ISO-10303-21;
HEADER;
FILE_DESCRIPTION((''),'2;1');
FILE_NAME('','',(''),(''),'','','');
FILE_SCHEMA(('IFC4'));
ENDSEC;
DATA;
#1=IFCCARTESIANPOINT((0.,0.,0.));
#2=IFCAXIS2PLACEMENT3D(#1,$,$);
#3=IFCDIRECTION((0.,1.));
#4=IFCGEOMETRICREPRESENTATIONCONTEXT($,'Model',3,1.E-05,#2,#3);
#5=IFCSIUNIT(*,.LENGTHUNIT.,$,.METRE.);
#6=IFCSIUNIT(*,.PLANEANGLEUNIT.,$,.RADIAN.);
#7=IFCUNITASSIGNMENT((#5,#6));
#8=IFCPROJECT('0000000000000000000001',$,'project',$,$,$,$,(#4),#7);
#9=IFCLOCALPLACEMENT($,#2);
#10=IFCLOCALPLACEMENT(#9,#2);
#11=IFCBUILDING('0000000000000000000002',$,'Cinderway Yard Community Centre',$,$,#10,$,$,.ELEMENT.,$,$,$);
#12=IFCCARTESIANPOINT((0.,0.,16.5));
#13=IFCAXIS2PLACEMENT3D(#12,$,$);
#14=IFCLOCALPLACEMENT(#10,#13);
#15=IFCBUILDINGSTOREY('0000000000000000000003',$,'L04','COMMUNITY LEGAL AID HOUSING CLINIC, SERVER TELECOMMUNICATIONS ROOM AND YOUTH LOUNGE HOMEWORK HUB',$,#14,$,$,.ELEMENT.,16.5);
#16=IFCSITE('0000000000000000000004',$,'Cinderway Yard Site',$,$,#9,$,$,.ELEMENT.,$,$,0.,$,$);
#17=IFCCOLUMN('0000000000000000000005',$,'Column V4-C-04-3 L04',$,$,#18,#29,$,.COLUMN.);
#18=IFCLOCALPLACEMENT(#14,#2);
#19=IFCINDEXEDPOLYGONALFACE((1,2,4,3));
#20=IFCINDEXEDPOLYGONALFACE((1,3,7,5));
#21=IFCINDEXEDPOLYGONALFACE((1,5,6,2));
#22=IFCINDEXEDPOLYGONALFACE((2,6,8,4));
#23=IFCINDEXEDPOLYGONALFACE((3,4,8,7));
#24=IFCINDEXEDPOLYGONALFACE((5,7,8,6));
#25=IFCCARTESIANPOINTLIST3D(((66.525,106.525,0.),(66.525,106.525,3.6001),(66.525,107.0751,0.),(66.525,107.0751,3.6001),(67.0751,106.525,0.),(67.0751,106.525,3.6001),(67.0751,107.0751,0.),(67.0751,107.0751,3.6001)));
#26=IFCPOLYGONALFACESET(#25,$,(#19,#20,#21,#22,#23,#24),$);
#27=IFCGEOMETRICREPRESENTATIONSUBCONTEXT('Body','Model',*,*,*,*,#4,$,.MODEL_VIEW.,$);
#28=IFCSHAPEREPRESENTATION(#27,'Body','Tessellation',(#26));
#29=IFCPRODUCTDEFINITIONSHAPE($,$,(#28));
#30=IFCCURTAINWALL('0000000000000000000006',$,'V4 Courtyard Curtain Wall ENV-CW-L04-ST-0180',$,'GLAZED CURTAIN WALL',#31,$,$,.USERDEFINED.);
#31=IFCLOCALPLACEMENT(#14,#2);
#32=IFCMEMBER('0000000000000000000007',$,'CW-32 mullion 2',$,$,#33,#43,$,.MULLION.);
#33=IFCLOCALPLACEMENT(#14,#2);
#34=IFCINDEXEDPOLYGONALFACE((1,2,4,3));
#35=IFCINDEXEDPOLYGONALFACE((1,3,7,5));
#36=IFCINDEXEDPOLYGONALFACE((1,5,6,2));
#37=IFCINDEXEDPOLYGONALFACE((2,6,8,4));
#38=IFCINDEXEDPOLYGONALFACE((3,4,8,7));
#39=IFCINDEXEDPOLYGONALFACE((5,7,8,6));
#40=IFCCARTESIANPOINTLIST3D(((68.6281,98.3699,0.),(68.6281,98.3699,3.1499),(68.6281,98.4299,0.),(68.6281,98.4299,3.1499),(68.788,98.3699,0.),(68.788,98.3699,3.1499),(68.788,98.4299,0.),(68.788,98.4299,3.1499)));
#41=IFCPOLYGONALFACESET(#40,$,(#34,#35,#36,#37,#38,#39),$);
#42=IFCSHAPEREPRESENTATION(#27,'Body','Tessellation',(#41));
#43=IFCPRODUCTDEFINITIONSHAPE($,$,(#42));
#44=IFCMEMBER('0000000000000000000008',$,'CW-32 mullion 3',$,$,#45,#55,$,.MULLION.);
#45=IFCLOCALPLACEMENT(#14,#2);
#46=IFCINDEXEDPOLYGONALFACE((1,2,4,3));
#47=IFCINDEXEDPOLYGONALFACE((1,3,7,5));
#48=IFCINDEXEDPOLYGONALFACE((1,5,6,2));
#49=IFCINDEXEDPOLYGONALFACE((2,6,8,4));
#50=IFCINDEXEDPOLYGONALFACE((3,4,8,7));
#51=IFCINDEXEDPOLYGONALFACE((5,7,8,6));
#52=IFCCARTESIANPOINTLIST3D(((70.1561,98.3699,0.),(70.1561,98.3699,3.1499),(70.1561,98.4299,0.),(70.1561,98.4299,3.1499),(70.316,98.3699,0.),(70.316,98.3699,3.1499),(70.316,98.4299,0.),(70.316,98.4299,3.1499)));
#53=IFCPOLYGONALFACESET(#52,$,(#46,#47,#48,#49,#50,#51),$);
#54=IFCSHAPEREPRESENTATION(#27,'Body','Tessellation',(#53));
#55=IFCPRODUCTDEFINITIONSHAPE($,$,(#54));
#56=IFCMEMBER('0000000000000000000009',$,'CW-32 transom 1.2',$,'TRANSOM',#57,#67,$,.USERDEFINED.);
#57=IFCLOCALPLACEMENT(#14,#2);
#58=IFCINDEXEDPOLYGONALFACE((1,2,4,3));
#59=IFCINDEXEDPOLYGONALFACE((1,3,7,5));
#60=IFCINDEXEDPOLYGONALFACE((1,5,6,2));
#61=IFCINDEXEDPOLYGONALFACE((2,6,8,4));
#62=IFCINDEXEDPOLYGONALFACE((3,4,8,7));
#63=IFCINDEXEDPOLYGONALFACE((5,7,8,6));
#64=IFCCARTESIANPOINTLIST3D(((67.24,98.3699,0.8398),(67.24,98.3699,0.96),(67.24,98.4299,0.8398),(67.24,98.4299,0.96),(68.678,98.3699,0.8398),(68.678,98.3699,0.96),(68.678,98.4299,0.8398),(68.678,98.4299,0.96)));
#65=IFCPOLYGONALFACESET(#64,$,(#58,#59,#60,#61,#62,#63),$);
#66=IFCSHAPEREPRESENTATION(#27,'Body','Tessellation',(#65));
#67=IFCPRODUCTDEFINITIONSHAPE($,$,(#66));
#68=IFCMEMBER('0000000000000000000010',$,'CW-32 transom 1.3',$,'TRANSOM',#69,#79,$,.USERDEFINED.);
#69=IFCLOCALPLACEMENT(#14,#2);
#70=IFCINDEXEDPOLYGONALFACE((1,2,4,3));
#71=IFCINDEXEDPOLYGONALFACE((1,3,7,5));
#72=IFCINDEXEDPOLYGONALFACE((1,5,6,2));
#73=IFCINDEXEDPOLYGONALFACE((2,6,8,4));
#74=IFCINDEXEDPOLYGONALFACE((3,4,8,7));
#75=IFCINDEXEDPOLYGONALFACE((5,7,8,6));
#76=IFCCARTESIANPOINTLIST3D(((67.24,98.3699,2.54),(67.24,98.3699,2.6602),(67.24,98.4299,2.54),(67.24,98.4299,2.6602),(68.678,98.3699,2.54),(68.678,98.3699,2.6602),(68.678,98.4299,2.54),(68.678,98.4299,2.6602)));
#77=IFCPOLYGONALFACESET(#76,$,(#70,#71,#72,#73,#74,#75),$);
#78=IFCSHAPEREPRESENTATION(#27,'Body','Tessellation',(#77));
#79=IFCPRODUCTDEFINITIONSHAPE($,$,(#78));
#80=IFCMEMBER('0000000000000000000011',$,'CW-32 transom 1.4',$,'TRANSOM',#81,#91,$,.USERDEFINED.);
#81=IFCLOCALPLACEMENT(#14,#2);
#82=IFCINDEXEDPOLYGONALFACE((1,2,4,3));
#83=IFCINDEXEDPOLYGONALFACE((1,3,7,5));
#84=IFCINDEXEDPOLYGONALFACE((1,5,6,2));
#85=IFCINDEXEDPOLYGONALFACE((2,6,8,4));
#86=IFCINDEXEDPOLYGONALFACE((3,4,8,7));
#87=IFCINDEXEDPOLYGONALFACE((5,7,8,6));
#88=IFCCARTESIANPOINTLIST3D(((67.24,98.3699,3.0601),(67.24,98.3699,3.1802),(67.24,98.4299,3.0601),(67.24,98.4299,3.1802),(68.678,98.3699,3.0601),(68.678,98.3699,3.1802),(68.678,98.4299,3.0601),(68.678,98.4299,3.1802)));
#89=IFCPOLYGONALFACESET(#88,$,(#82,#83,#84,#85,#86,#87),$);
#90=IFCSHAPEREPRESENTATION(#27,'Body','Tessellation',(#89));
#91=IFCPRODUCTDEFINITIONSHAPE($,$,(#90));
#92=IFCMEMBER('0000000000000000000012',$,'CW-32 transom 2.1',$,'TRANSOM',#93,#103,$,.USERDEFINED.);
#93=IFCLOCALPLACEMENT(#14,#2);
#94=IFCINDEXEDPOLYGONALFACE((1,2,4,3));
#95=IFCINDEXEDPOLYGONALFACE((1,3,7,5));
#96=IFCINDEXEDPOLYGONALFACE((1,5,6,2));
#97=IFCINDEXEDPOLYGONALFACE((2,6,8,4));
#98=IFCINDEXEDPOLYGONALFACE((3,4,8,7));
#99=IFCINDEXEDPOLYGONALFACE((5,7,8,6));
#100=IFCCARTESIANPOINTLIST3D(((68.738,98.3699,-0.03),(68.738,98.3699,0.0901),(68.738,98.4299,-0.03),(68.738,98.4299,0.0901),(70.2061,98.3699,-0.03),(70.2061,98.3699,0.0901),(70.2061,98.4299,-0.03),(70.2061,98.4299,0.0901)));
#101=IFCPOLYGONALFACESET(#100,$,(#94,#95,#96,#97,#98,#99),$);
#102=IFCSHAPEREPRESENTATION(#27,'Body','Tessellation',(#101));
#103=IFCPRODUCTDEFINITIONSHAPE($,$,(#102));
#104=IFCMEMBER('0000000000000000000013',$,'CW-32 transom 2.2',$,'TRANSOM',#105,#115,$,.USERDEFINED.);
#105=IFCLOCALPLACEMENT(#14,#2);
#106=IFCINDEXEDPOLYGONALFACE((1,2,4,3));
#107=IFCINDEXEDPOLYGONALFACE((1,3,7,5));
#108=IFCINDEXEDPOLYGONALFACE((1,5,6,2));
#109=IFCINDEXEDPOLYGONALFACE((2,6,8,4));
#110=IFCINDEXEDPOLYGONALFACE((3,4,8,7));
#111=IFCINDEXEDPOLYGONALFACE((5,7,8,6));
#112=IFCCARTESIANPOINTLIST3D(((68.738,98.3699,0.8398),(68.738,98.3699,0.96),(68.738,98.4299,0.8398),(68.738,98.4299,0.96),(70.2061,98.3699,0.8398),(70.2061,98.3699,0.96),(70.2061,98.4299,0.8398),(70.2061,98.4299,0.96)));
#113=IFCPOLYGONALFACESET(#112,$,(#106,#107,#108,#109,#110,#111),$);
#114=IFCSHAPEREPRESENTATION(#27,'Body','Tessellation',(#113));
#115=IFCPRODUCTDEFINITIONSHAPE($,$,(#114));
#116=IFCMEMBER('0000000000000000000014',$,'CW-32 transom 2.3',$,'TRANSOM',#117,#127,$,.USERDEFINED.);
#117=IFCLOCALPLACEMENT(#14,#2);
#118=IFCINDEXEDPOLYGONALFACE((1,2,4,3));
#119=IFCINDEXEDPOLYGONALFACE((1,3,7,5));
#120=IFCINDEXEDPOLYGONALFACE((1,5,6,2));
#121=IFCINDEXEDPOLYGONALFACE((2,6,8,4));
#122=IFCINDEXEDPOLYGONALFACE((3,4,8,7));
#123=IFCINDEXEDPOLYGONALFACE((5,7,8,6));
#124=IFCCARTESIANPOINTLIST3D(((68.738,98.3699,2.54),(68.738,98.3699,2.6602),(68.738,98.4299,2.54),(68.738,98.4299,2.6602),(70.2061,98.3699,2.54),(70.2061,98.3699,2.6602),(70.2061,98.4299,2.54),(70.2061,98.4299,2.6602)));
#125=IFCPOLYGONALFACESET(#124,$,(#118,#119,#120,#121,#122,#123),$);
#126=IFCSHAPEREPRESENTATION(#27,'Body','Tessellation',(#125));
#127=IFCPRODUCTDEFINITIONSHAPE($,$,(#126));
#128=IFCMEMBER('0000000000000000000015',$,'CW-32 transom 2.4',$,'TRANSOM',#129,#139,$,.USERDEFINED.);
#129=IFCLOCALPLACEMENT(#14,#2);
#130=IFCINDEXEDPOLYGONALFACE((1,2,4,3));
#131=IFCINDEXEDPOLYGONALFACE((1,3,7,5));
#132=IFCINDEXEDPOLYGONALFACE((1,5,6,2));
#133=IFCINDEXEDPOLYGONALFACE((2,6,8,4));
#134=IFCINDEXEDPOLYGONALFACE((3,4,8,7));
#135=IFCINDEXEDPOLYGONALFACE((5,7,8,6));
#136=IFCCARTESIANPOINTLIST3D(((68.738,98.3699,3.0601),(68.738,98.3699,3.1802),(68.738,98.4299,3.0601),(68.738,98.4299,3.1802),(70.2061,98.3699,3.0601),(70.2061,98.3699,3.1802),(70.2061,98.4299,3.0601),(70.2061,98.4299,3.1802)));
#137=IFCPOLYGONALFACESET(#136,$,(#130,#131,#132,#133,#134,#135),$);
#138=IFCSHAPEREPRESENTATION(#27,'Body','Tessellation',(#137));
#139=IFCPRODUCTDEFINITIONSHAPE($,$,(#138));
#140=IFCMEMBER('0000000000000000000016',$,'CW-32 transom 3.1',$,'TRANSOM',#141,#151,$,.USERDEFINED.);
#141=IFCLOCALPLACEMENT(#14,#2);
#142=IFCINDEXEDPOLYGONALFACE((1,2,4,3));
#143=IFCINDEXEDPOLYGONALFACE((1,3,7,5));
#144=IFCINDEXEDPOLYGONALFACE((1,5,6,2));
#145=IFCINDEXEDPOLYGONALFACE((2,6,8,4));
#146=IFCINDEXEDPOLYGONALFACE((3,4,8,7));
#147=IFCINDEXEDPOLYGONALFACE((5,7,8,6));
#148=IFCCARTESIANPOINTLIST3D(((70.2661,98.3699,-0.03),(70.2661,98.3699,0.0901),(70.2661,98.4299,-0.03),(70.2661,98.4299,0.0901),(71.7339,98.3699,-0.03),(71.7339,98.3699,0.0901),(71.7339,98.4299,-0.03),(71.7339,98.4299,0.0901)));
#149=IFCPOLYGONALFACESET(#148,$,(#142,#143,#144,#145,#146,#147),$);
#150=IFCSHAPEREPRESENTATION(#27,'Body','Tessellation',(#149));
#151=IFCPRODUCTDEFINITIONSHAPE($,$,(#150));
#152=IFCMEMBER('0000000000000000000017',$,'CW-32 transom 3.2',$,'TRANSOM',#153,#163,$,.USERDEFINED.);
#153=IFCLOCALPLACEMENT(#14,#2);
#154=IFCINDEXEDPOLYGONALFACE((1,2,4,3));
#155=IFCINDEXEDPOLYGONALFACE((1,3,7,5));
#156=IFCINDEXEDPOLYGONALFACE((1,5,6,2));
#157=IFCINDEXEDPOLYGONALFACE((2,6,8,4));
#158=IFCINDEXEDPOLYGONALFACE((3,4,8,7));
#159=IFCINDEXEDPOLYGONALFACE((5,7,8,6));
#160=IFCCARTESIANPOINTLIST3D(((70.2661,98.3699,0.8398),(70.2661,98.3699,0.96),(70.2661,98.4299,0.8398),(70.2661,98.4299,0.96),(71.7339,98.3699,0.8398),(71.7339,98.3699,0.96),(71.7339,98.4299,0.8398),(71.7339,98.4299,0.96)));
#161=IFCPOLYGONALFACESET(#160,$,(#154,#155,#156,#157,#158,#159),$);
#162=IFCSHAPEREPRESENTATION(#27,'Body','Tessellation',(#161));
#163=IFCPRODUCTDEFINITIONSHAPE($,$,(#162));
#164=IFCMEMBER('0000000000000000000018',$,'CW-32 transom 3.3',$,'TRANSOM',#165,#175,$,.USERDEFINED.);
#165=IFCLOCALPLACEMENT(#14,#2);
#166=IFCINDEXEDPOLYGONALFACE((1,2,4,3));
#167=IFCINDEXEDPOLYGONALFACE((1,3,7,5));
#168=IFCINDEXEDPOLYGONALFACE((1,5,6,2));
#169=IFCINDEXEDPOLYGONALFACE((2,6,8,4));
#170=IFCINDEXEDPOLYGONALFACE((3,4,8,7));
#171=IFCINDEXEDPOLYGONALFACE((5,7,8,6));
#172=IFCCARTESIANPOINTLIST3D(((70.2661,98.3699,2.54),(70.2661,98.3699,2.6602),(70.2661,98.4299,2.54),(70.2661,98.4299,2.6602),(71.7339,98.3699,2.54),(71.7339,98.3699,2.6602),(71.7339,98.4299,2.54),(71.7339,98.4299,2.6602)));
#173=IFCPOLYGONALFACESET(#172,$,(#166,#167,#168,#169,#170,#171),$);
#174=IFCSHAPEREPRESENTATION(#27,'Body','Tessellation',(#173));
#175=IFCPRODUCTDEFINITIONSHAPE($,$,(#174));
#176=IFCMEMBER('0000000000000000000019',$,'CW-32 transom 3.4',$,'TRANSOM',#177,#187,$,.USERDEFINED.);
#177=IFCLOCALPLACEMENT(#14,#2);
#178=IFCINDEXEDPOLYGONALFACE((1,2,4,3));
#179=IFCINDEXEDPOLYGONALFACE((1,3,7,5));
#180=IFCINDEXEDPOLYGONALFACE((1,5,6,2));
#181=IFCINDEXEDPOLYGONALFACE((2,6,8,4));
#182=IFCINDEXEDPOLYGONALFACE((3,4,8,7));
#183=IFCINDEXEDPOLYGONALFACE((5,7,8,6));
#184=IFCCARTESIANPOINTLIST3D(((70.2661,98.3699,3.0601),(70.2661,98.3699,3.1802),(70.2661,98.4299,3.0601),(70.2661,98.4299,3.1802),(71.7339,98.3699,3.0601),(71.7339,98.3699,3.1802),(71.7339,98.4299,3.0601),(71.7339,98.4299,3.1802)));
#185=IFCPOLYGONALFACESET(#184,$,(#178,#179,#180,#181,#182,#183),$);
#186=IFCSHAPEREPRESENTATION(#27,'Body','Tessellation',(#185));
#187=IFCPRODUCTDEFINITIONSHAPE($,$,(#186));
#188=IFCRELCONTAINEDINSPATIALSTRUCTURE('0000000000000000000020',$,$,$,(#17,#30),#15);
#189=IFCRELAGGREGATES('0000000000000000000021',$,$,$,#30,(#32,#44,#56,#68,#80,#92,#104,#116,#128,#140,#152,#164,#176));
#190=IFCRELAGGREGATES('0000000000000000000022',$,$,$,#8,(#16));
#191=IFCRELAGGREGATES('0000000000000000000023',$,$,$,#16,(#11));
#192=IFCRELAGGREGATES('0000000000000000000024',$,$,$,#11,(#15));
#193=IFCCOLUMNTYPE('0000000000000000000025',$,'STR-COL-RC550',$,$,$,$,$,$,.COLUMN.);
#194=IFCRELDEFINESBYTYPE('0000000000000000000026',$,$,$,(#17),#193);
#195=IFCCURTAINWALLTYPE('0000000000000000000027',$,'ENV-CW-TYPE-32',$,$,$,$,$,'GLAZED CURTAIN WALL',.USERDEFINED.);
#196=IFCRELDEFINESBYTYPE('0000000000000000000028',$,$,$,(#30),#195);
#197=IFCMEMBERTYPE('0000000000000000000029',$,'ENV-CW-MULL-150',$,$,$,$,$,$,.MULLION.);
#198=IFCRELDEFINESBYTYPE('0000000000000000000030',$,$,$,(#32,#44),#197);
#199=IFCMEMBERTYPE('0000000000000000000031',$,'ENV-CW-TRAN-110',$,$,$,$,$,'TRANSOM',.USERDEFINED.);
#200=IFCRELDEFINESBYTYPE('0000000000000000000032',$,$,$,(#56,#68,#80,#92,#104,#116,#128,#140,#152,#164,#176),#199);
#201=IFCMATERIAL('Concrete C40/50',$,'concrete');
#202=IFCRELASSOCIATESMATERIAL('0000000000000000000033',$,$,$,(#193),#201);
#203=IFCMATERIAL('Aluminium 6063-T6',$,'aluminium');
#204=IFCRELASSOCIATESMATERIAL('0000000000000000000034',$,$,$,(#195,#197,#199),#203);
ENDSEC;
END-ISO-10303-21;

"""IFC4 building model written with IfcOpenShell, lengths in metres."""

from ifc_helpers import new_model, si_unit, direction, frame, origin, origin_2d, place, context, subcontext, project, spatial, rectangle, extrude, material, material_profile, profile_set, type_object, element, aggregate, save


model = new_model("IFC4")

# Units and contexts
model_context = context("Model", 3, precision=1e-05, world=origin(), true_north=direction((0.0, 1.0)))
body_context = subcontext(model_context, "Body", "Model", "MODEL_VIEW")
ifc_project = project(units=[si_unit("LENGTHUNIT", "METRE"), si_unit("PLANEANGLEUNIT", "RADIAN")], contexts=[model_context])

# Site, building, storey
site_placement = place(None, origin())
site = spatial("IfcSite", under=ifc_project, at=site_placement, Name="Cinderway Yard Site", CompositionType="ELEMENT", RefElevation=0.0)
building_placement = place(site_placement, origin())
building = spatial("IfcBuilding", under=site, at=building_placement, Name="Cinderway Yard Community Centre", CompositionType="ELEMENT")
storey_placement = place(building_placement, frame((0.0, 0.0, 16.5)))
storey = spatial("IfcBuildingStorey", under=building, at=storey_placement, Name="L04", Description="COMMUNITY LEGAL AID HOUSING CLINIC, SERVER TELECOMMUNICATIONS ROOM AND YOUTH LOUNGE HOMEWORK HUB", CompositionType="ELEMENT", Elevation=16.5)

# Column
ifc_material_1 = material(Name="Concrete C40/50", Category="concrete")
ifc_material_profile_1 = material_profile(ifc_material_1, rectangle(XDim=0.55, YDim=0.55, at=origin_2d()), Name="Concrete C40/50")
ifc_profile_set_1 = profile_set([ifc_material_profile_1], Name="Concrete C40/50")
column_type = type_object("IfcColumnType", Name="STR-COL-RC550", PredefinedType="COLUMN", material=ifc_profile_set_1)
column_placement = place(storey_placement, frame((66.8, 106.8, 0.0), z_axis=(0.0, 0.0, 1.0), x_axis=(1.0, 0.0, 0.0)))
element("IfcColumn", 1, at=column_placement, inside=storey, type_object=column_type, Name="Column V4-C-04-3 L04", PredefinedType="COLUMN", context=body_context, shape_type="SweptSolid", body=[
    extrude(rectangle(XDim=0.55, YDim=0.55, at=origin_2d()), origin(), (0.0, 0.0, 1.0), 3.6001),
])

# Curtain wall, members
ifc_material_2 = material(Name="Aluminium 6063-T6", Category="aluminium")
curtain_wall_type = type_object("IfcCurtainWallType", Name="ENV-CW-TYPE-32", ElementType="GLAZED CURTAIN WALL", PredefinedType="USERDEFINED", material=ifc_material_2)
curtain_wall_placement = place(storey_placement, origin())
curtain_wall = element("IfcCurtainWall", 2, at=curtain_wall_placement, inside=storey, type_object=curtain_wall_type, Name="V4 Courtyard Curtain Wall ENV-CW-L04-ST-0180", ObjectType="GLAZED CURTAIN WALL", PredefinedType="USERDEFINED")
ifc_material_profile_2 = material_profile(ifc_material_2, rectangle(XDim=0.0601, YDim=0.1599, at=origin_2d()), Name="Aluminium 6063-T6")
ifc_profile_set_2 = profile_set([ifc_material_profile_2], Name="Aluminium 6063-T6")
member_type_1 = type_object("IfcMemberType", Name="ENV-CW-MULL-150", PredefinedType="MULLION", material=ifc_profile_set_2)
member_1_placement = place(storey_placement, frame((68.708, 98.3999, 0.0), z_axis=(0.0, 0.0, 1.0), x_axis=(0.0, 1.0, 0.0)))
member_1 = element("IfcMember", 3, at=member_1_placement, type_object=member_type_1, Name="CW-32 mullion 2", PredefinedType="MULLION", context=body_context, shape_type="SweptSolid", body=[
    extrude(rectangle(XDim=0.0601, YDim=0.1599, at=origin_2d()), origin(), (0.0, 0.0, 1.0), 3.1499),
])
member_2_placement = place(storey_placement, frame((70.2361, 98.3999, 0.0), z_axis=(0.0, 0.0, 1.0), x_axis=(0.0, 1.0, 0.0)))
member_2 = element("IfcMember", 4, at=member_2_placement, type_object=member_type_1, Name="CW-32 mullion 3", PredefinedType="MULLION", context=body_context, shape_type="SweptSolid", body=[
    extrude(rectangle(XDim=0.0601, YDim=0.1599, at=origin_2d()), origin(), (0.0, 0.0, 1.0), 3.1499),
])
ifc_material_profile_3 = material_profile(ifc_material_2, rectangle(XDim=0.0601, YDim=0.1201, at=origin_2d()), Name="Aluminium 6063-T6")
ifc_profile_set_3 = profile_set([ifc_material_profile_3], Name="Aluminium 6063-T6")
member_type_2 = type_object("IfcMemberType", Name="ENV-CW-TRAN-110", ElementType="TRANSOM", PredefinedType="USERDEFINED", material=ifc_profile_set_3)
member_3_placement = place(storey_placement, frame((67.24, 98.3999, 0.8999), z_axis=(1.0, 0.0, 0.0), x_axis=(0.0, 1.0, 0.0)))
member_3 = element("IfcMember", 5, at=member_3_placement, type_object=member_type_2, Name="CW-32 transom 1.2", ObjectType="TRANSOM", PredefinedType="USERDEFINED", context=body_context, shape_type="SweptSolid", body=[
    extrude(rectangle(XDim=0.0601, YDim=0.1201, at=origin_2d()), origin(), (0.0, 0.0, 1.0), 1.438),
])
member_4_placement = place(storey_placement, frame((67.24, 98.3999, 2.6001), z_axis=(1.0, 0.0, 0.0), x_axis=(0.0, 1.0, 0.0)))
member_4 = element("IfcMember", 6, at=member_4_placement, type_object=member_type_2, Name="CW-32 transom 1.3", ObjectType="TRANSOM", PredefinedType="USERDEFINED", context=body_context, shape_type="SweptSolid", body=[
    extrude(rectangle(XDim=0.0601, YDim=0.1201, at=origin_2d()), origin(), (0.0, 0.0, 1.0), 1.438),
])
member_5_placement = place(storey_placement, frame((67.24, 98.3999, 3.1201), z_axis=(1.0, 0.0, 0.0), x_axis=(0.0, 1.0, 0.0)))
member_5 = element("IfcMember", 7, at=member_5_placement, type_object=member_type_2, Name="CW-32 transom 1.4", ObjectType="TRANSOM", PredefinedType="USERDEFINED", context=body_context, shape_type="SweptSolid", body=[
    extrude(rectangle(XDim=0.0601, YDim=0.1201, at=origin_2d()), origin(), (0.0, 0.0, 1.0), 1.438),
])
member_6_placement = place(storey_placement, frame((68.738, 98.3999, 0.03), z_axis=(1.0, 0.0, 0.0), x_axis=(0.0, 1.0, 0.0)))
member_6 = element("IfcMember", 8, at=member_6_placement, type_object=member_type_2, Name="CW-32 transom 2.1", ObjectType="TRANSOM", PredefinedType="USERDEFINED", context=body_context, shape_type="SweptSolid", body=[
    extrude(rectangle(XDim=0.0601, YDim=0.1201, at=origin_2d()), origin(), (0.0, 0.0, 1.0), 1.468),
])
member_7_placement = place(storey_placement, frame((68.738, 98.3999, 0.8999), z_axis=(1.0, 0.0, 0.0), x_axis=(0.0, 1.0, 0.0)))
member_7 = element("IfcMember", 9, at=member_7_placement, type_object=member_type_2, Name="CW-32 transom 2.2", ObjectType="TRANSOM", PredefinedType="USERDEFINED", context=body_context, shape_type="SweptSolid", body=[
    extrude(rectangle(XDim=0.0601, YDim=0.1201, at=origin_2d()), origin(), (0.0, 0.0, 1.0), 1.468),
])
member_8_placement = place(storey_placement, frame((68.738, 98.3999, 2.6001), z_axis=(1.0, 0.0, 0.0), x_axis=(0.0, 1.0, 0.0)))
member_8 = element("IfcMember", 10, at=member_8_placement, type_object=member_type_2, Name="CW-32 transom 2.3", ObjectType="TRANSOM", PredefinedType="USERDEFINED", context=body_context, shape_type="SweptSolid", body=[
    extrude(rectangle(XDim=0.0601, YDim=0.1201, at=origin_2d()), origin(), (0.0, 0.0, 1.0), 1.468),
])
member_9_placement = place(storey_placement, frame((68.738, 98.3999, 3.1201), z_axis=(1.0, 0.0, 0.0), x_axis=(0.0, 1.0, 0.0)))
member_9 = element("IfcMember", 11, at=member_9_placement, type_object=member_type_2, Name="CW-32 transom 2.4", ObjectType="TRANSOM", PredefinedType="USERDEFINED", context=body_context, shape_type="SweptSolid", body=[
    extrude(rectangle(XDim=0.0601, YDim=0.1201, at=origin_2d()), origin(), (0.0, 0.0, 1.0), 1.468),
])
member_10_placement = place(storey_placement, frame((70.2661, 98.3999, 0.03), z_axis=(1.0, 0.0, 0.0), x_axis=(0.0, 1.0, 0.0)))
member_10 = element("IfcMember", 12, at=member_10_placement, type_object=member_type_2, Name="CW-32 transom 3.1", ObjectType="TRANSOM", PredefinedType="USERDEFINED", context=body_context, shape_type="SweptSolid", body=[
    extrude(rectangle(XDim=0.0601, YDim=0.1201, at=origin_2d()), origin(), (0.0, 0.0, 1.0), 1.4678),
])
member_11_placement = place(storey_placement, frame((70.2661, 98.3999, 0.8999), z_axis=(1.0, 0.0, 0.0), x_axis=(0.0, 1.0, 0.0)))
member_11 = element("IfcMember", 13, at=member_11_placement, type_object=member_type_2, Name="CW-32 transom 3.2", ObjectType="TRANSOM", PredefinedType="USERDEFINED", context=body_context, shape_type="SweptSolid", body=[
    extrude(rectangle(XDim=0.0601, YDim=0.1201, at=origin_2d()), origin(), (0.0, 0.0, 1.0), 1.4678),
])
member_12_placement = place(storey_placement, frame((70.2661, 98.3999, 2.6001), z_axis=(1.0, 0.0, 0.0), x_axis=(0.0, 1.0, 0.0)))
member_12 = element("IfcMember", 14, at=member_12_placement, type_object=member_type_2, Name="CW-32 transom 3.3", ObjectType="TRANSOM", PredefinedType="USERDEFINED", context=body_context, shape_type="SweptSolid", body=[
    extrude(rectangle(XDim=0.0601, YDim=0.1201, at=origin_2d()), origin(), (0.0, 0.0, 1.0), 1.4678),
])
member_13_placement = place(storey_placement, frame((70.2661, 98.3999, 3.1201), z_axis=(1.0, 0.0, 0.0), x_axis=(0.0, 1.0, 0.0)))
member_13 = element("IfcMember", 15, at=member_13_placement, type_object=member_type_2, Name="CW-32 transom 3.4", ObjectType="TRANSOM", PredefinedType="USERDEFINED", context=body_context, shape_type="SweptSolid", body=[
    extrude(rectangle(XDim=0.0601, YDim=0.1201, at=origin_2d()), origin(), (0.0, 0.0, 1.0), 1.4678),
])

aggregate(curtain_wall, [member_1, member_2, member_3, member_4, member_5, member_6, member_7, member_8, member_9, member_10, member_11, member_12, member_13])

save(model, "model.ifc")
